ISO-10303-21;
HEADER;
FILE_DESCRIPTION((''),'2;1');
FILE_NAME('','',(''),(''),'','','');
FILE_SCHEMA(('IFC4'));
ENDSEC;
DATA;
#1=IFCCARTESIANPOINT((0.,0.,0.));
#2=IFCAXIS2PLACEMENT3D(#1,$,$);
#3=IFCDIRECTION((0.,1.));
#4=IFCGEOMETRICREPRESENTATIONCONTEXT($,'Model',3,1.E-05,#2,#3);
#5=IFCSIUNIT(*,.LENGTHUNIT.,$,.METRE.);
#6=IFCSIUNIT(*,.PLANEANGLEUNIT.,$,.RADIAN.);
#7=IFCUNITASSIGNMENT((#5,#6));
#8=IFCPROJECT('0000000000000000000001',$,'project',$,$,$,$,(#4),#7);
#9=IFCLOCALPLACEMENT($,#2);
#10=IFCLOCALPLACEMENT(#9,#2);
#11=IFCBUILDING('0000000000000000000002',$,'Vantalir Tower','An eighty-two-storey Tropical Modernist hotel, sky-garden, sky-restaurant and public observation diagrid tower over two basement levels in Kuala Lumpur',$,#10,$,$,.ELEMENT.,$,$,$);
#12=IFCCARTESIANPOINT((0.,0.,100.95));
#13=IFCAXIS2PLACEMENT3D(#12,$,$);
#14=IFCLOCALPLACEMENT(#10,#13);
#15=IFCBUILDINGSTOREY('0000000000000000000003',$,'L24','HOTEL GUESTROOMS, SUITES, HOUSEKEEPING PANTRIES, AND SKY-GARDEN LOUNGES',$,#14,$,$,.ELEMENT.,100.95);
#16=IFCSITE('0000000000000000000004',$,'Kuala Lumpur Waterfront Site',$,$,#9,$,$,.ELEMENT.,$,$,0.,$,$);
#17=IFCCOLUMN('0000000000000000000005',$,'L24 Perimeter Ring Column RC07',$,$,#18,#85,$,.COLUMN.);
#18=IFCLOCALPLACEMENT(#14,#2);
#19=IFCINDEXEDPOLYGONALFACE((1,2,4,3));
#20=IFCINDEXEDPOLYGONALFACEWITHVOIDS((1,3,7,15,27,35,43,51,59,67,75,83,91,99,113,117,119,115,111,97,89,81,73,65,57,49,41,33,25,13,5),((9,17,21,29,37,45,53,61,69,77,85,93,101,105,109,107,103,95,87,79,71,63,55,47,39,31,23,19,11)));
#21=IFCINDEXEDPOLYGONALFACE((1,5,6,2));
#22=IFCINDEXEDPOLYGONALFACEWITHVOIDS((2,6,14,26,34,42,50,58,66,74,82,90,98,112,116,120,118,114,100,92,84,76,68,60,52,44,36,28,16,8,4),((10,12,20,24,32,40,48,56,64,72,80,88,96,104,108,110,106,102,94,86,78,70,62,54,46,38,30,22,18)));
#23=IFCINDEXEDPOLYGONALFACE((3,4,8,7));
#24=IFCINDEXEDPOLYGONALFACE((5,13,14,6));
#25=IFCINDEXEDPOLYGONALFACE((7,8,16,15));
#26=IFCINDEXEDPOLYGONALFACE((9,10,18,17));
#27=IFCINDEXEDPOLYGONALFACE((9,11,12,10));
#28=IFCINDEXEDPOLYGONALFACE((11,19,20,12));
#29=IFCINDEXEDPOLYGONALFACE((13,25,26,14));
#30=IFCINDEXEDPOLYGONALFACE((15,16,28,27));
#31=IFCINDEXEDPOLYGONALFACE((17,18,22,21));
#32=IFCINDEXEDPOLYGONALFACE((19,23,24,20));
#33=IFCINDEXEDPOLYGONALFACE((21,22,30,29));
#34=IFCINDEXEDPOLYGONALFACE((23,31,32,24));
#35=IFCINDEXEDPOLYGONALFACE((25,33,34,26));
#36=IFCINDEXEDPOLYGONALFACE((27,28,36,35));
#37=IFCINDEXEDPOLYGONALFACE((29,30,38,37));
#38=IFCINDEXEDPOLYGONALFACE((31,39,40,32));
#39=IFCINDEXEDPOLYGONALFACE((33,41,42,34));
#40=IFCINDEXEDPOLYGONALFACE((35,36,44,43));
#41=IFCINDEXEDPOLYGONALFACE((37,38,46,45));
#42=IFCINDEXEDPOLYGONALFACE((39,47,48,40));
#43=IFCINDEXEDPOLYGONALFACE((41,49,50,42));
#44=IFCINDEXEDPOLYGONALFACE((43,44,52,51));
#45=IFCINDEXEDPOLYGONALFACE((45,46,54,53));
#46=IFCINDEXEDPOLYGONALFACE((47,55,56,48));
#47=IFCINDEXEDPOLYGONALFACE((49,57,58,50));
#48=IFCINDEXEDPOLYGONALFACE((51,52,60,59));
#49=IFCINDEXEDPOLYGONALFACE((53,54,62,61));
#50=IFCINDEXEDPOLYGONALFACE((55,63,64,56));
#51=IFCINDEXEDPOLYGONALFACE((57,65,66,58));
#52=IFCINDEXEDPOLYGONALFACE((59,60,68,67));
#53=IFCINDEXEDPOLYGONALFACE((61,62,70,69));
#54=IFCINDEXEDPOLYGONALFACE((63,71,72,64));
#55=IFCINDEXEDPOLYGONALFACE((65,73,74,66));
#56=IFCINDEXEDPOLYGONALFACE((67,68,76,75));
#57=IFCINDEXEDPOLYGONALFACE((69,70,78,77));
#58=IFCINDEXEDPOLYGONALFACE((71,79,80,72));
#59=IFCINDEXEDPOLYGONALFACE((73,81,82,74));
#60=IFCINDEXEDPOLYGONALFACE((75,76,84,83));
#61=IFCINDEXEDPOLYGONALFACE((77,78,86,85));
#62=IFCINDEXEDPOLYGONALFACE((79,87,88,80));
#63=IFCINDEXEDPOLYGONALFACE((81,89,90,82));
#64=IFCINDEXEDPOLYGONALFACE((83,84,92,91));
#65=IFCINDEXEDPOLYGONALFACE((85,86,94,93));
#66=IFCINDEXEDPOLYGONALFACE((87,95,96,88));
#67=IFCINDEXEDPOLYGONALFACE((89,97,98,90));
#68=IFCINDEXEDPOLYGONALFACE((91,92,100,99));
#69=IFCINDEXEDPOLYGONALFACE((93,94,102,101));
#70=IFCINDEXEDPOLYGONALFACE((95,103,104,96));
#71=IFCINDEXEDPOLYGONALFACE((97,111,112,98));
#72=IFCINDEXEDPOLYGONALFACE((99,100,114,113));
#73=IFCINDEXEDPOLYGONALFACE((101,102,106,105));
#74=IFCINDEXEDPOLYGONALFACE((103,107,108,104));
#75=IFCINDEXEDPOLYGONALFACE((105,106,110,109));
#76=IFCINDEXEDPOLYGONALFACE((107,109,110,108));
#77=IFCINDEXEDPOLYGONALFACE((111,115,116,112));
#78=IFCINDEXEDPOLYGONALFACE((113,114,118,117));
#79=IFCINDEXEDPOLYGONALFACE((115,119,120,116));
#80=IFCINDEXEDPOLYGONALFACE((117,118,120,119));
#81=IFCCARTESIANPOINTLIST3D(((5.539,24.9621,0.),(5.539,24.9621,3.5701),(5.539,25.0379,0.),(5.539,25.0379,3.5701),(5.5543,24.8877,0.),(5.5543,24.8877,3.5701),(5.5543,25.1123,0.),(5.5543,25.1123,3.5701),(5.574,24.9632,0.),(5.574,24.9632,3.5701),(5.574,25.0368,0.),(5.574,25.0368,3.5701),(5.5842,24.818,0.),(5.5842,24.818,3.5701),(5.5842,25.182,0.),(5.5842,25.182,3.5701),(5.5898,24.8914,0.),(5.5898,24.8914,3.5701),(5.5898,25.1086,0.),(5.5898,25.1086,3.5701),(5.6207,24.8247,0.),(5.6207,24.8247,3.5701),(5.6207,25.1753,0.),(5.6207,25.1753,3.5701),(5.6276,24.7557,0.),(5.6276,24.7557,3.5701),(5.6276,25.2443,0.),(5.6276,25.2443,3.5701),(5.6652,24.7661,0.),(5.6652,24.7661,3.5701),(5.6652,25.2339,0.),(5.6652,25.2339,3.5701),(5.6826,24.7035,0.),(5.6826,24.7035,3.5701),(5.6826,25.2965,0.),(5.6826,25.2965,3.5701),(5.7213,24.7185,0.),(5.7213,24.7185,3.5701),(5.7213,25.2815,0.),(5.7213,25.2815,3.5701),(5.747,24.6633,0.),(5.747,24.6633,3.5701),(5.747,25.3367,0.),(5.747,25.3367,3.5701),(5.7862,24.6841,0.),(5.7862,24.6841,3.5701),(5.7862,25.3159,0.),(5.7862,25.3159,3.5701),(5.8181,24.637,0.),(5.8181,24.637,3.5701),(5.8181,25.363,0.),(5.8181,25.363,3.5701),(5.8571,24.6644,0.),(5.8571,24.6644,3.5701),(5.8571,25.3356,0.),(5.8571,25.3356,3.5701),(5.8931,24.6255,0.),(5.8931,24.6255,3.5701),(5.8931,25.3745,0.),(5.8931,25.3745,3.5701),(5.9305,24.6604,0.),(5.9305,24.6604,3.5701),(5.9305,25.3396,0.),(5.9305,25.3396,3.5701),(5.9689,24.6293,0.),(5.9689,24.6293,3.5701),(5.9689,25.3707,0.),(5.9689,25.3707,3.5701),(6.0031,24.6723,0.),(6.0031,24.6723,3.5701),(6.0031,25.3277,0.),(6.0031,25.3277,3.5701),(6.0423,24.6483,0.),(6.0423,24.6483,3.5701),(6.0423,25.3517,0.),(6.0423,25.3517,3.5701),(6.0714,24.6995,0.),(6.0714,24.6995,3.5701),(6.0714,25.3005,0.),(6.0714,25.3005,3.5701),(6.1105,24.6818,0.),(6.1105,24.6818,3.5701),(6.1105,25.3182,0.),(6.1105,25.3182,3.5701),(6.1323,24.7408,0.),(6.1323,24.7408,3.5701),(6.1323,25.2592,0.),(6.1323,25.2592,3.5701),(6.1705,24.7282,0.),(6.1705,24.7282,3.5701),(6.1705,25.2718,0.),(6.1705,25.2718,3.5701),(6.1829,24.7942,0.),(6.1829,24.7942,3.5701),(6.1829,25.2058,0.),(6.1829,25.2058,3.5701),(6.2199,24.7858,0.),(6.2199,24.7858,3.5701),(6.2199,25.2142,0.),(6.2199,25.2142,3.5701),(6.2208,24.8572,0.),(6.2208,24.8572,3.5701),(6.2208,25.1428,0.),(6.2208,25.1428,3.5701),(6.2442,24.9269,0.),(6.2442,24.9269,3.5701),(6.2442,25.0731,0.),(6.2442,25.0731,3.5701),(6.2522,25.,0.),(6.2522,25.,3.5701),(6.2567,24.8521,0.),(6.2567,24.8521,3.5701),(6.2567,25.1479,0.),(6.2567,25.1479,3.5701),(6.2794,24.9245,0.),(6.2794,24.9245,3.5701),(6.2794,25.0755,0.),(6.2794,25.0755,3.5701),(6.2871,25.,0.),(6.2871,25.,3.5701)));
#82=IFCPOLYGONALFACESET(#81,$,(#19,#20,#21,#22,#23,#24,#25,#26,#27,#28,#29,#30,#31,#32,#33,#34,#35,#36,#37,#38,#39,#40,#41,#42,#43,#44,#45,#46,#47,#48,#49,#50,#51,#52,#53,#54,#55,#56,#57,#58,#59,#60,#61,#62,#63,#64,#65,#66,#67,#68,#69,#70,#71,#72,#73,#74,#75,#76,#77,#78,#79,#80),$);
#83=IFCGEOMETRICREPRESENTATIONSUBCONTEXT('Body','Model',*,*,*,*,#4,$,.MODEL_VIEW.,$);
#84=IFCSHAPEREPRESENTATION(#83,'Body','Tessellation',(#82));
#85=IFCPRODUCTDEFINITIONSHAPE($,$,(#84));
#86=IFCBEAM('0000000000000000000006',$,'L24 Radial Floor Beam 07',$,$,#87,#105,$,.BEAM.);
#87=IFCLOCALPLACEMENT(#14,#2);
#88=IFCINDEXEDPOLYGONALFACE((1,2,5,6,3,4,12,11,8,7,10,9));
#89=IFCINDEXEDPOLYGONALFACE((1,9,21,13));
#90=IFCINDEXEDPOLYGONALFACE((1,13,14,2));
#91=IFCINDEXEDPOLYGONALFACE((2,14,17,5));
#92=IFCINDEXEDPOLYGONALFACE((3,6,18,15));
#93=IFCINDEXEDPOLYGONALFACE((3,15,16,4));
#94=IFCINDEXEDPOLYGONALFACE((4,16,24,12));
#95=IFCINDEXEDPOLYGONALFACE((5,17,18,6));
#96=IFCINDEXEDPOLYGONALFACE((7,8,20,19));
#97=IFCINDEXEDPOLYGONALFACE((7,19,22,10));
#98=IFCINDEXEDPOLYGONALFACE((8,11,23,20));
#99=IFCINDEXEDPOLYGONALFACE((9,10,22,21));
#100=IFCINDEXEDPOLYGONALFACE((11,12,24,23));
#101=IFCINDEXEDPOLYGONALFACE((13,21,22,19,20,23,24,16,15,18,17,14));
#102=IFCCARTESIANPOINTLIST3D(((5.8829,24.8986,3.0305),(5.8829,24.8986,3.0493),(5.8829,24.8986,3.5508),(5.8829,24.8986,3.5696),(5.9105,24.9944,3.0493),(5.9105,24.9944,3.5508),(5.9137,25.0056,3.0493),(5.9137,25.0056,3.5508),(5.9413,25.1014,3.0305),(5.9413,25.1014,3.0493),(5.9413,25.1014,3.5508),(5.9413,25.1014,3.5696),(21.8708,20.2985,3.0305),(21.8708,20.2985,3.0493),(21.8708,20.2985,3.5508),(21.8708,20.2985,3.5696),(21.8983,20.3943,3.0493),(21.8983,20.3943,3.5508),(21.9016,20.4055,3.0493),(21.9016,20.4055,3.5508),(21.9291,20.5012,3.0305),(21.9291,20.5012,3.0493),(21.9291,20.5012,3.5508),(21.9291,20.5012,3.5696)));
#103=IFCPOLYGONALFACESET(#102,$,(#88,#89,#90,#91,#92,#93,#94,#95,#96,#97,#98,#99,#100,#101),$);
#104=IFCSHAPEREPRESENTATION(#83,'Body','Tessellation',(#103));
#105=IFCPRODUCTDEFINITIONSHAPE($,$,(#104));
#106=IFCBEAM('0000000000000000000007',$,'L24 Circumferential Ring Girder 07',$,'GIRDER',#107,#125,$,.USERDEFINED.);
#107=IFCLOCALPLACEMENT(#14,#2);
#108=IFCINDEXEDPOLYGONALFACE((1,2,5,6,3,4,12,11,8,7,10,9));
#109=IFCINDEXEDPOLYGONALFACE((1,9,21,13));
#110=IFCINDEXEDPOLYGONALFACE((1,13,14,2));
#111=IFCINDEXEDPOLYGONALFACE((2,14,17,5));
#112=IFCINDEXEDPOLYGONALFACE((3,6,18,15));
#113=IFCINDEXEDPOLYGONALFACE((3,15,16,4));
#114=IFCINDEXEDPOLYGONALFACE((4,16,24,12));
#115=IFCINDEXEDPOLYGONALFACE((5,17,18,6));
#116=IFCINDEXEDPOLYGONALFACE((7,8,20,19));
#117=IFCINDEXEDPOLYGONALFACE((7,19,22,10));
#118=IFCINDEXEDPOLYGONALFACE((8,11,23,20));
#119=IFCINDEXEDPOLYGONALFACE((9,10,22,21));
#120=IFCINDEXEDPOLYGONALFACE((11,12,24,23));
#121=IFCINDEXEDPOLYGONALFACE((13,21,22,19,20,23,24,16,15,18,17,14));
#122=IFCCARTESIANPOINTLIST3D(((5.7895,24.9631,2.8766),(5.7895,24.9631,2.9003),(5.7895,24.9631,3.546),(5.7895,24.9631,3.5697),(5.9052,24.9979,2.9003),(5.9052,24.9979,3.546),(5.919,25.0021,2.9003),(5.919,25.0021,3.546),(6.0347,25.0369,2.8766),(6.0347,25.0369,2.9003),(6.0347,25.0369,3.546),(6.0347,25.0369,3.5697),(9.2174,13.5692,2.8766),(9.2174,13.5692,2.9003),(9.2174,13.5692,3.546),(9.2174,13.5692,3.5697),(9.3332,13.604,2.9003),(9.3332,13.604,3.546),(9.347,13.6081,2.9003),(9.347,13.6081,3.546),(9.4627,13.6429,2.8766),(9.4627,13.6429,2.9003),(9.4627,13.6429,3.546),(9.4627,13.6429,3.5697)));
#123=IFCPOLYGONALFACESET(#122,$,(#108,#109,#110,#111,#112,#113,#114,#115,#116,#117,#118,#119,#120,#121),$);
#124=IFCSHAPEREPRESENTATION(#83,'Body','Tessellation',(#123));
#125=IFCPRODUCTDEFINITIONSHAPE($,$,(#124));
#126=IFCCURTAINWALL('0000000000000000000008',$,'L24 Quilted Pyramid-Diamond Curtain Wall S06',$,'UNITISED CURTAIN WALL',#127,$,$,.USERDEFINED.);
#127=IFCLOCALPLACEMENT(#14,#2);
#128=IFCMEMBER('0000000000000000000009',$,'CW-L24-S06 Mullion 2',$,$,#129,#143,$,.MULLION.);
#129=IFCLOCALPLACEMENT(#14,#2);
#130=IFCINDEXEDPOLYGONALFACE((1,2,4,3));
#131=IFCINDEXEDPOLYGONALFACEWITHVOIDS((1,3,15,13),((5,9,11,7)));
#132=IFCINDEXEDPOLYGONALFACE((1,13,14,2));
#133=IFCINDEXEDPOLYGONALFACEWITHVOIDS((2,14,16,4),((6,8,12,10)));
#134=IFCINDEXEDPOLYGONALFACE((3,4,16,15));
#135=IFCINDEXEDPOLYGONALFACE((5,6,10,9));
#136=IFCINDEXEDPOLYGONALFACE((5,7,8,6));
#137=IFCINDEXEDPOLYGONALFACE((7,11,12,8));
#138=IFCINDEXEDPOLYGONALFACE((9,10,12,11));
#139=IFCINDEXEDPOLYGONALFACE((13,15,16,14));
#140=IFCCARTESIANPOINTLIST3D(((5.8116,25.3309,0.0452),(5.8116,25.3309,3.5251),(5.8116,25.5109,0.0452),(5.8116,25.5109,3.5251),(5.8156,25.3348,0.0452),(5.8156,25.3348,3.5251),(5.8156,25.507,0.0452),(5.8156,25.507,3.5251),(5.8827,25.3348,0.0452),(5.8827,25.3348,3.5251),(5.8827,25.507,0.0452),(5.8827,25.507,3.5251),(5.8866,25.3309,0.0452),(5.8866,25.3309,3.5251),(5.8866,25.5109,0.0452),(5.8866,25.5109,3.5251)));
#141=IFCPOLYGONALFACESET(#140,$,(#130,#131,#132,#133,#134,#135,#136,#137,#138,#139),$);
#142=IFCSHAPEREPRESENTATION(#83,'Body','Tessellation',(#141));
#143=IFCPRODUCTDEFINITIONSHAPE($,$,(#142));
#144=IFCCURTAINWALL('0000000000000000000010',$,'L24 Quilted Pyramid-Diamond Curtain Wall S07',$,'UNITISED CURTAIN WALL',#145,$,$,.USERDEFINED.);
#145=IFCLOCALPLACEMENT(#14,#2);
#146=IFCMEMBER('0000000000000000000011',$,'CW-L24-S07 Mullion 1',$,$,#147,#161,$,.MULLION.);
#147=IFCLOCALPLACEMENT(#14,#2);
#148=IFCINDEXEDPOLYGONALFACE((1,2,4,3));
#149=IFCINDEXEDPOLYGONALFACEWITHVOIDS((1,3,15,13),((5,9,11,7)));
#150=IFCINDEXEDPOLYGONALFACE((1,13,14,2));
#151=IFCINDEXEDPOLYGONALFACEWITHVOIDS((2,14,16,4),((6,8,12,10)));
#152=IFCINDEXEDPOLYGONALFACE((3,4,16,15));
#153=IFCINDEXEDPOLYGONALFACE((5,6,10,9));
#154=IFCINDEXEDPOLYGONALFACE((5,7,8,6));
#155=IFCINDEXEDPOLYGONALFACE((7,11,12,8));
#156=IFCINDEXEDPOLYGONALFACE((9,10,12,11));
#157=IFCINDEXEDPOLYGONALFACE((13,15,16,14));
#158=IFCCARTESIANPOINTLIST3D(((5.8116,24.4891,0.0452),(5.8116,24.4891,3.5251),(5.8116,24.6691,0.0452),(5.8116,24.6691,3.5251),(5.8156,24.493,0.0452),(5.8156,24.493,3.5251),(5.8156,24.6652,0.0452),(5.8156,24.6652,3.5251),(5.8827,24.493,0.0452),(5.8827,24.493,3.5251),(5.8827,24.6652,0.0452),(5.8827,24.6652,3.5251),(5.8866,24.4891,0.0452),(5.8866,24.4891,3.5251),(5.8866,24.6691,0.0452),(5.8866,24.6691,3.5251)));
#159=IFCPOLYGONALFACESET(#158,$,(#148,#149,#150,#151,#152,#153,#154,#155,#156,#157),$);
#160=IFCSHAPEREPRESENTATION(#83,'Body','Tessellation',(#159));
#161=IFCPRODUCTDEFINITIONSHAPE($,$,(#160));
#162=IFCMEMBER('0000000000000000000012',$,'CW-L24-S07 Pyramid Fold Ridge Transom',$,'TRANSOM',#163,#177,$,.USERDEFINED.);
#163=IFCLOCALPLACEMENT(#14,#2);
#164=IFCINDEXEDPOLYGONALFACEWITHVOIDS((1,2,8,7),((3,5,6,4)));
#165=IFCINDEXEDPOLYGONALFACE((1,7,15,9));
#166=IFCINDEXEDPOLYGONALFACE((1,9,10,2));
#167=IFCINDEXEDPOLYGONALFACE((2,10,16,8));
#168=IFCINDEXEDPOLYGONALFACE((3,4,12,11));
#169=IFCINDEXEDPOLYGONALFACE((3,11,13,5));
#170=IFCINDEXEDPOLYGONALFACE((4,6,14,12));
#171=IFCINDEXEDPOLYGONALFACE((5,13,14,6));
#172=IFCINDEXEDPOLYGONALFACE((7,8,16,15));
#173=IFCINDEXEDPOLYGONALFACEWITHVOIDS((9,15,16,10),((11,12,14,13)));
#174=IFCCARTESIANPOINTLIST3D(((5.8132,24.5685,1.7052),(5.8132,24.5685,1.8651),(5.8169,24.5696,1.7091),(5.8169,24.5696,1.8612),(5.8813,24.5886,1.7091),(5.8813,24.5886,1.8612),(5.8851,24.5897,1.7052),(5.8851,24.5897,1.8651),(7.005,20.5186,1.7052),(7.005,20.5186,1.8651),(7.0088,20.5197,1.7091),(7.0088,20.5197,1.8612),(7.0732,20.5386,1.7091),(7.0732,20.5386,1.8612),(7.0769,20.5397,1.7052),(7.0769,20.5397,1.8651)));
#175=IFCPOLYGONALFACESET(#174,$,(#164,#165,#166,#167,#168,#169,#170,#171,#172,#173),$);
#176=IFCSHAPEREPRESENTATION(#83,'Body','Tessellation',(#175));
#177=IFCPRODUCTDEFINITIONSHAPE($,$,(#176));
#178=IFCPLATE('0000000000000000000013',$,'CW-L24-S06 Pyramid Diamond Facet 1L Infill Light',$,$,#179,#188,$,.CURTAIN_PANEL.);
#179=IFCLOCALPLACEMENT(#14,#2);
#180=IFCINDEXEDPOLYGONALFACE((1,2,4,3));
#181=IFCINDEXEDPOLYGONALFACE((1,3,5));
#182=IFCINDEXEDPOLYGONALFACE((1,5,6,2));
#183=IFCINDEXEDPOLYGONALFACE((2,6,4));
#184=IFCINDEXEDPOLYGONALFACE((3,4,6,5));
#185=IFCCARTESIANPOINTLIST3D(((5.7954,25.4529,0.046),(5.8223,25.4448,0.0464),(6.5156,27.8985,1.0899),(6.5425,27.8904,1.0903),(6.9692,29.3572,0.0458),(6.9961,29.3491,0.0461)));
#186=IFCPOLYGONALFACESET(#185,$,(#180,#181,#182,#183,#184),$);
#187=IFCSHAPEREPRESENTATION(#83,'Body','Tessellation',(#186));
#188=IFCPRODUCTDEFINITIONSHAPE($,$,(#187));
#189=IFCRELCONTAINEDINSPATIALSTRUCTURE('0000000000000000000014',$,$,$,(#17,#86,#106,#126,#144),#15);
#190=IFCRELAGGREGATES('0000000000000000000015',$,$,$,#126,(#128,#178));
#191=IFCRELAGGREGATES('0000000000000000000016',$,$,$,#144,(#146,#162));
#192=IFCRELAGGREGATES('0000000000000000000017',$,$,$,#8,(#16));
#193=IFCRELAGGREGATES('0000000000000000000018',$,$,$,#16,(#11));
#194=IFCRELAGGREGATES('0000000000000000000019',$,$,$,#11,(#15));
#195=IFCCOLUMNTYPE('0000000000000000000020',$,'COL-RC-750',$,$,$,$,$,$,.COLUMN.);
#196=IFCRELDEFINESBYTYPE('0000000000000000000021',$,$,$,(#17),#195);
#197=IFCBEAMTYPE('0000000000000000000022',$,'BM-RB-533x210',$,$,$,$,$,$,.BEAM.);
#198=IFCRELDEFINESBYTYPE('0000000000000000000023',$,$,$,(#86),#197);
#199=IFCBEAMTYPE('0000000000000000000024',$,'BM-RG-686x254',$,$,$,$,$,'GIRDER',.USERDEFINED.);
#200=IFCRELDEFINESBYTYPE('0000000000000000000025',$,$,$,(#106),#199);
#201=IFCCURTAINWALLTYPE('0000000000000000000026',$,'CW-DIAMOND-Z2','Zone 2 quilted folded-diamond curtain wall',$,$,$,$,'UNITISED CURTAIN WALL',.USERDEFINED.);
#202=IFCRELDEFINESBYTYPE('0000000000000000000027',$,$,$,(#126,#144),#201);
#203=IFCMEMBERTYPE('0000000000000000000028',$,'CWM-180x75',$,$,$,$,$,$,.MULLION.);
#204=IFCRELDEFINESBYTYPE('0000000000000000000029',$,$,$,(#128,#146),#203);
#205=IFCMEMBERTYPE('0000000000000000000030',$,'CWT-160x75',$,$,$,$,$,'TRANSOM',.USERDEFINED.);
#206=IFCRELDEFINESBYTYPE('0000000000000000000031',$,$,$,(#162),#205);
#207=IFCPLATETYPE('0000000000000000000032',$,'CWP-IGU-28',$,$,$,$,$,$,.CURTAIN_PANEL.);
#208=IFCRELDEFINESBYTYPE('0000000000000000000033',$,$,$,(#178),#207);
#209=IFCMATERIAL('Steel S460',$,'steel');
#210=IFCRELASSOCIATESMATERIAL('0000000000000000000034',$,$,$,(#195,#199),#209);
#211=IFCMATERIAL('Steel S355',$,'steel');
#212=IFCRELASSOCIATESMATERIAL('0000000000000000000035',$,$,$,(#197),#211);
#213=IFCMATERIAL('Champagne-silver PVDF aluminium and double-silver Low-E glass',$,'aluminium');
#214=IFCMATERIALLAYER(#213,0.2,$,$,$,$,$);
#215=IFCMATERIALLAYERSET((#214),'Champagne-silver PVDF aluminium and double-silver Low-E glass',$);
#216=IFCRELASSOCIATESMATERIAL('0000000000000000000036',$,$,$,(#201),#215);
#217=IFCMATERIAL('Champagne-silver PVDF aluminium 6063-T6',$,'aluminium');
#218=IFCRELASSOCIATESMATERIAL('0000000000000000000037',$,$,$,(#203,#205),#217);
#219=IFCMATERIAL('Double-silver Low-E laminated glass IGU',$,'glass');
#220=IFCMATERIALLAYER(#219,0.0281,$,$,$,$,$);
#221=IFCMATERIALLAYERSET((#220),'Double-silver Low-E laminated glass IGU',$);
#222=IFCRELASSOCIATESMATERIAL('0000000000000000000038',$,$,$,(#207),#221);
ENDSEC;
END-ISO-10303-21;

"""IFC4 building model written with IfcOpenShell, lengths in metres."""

from ifc_helpers import new_model, si_unit, direction, frame, origin, origin_2d, place, context, subcontext, project, spatial, polyline, hollow_rectangle, hollow_circle, i_section, outline, extrude, material, layer, layer_set, material_profile, profile_set, type_object, element, aggregate, save


model = new_model("IFC4")

# Units and contexts
model_context = context("Model", 3, precision=1e-05, world=origin(), true_north=direction((0.0, 1.0)))
body_context = subcontext(model_context, "Body", "Model", "MODEL_VIEW")
ifc_project = project(units=[si_unit("LENGTHUNIT", "METRE"), si_unit("PLANEANGLEUNIT", "RADIAN")], contexts=[model_context])

# Site, building, storey
site_placement = place(None, origin())
site = spatial("IfcSite", under=ifc_project, at=site_placement, Name="Kuala Lumpur Waterfront Site", CompositionType="ELEMENT", RefElevation=0.0)
building_placement = place(site_placement, origin())
building = spatial("IfcBuilding", under=site, at=building_placement, Name="Vantalir Tower", Description="An eighty-two-storey Tropical Modernist hotel, sky-garden, sky-restaurant and public observation diagrid tower over two basement levels in Kuala Lumpur", CompositionType="ELEMENT")
storey_placement = place(building_placement, frame((0.0, 0.0, 100.95)))
storey = spatial("IfcBuildingStorey", under=building, at=storey_placement, Name="L24", Description="HOTEL GUESTROOMS, SUITES, HOUSEKEEPING PANTRIES, AND SKY-GARDEN LOUNGES", CompositionType="ELEMENT", Elevation=100.95)

# Column
ifc_material_1 = material(Name="Steel S460", Category="steel")
ifc_material_profile_1 = material_profile(ifc_material_1, hollow_circle(Radius=0.375, WallThickness=0.0349, at=origin_2d()), Name="Steel S460")
ifc_profile_set_1 = profile_set([ifc_material_profile_1], Name="Steel S460")
column_type = type_object("IfcColumnType", Name="COL-RC-750", PredefinedType="COLUMN", material=ifc_profile_set_1)
column_placement = place(storey_placement, frame((5.9121, 25.0, 0.0), z_axis=(0.0, 0.0, 1.0), x_axis=(1.0, 0.0, 0.0)))
element("IfcColumn", 1, at=column_placement, inside=storey, type_object=column_type, Name="L24 Perimeter Ring Column RC07", PredefinedType="COLUMN", context=body_context, shape_type="SweptSolid", body=[
    extrude(hollow_circle(Radius=0.375, WallThickness=0.0349, at=origin_2d()), origin(), (0.0, 0.0, 1.0), 3.5701),
])

# Beams
ifc_material_2 = material(Name="Steel S355", Category="steel")
ifc_material_profile_2 = material_profile(ifc_material_2, i_section(OverallWidth=0.2109, OverallDepth=0.5391, WebThickness=0.0117, FlangeThickness=0.0188, at=origin_2d()), Name="Steel S355")
ifc_profile_set_2 = profile_set([ifc_material_profile_2], Name="Steel S355")
beam_type_1 = type_object("IfcBeamType", Name="BM-RB-533x210", PredefinedType="BEAM", material=ifc_profile_set_2)
beam_1_placement = place(storey_placement, frame((5.9121, 25.0, 3.3), z_axis=(0.961012, -0.276508, 0.0), x_axis=(0.276508, 0.961012, 0.0)))
element("IfcBeam", 2, at=beam_1_placement, inside=storey, type_object=beam_type_1, Name="L24 Radial Floor Beam 07", PredefinedType="BEAM", context=body_context, shape_type="SweptSolid", body=[
    extrude(i_section(OverallWidth=0.2109, OverallDepth=0.5391, WebThickness=0.0117, FlangeThickness=0.0188, at=origin_2d()), origin(), (0.0, 0.0, 1.0), 16.6365),
])
ifc_material_profile_3 = material_profile(ifc_material_1, i_section(OverallWidth=0.2561, OverallDepth=0.6931, WebThickness=0.0144, FlangeThickness=0.0237, at=origin_2d()), Name="Steel S460")
ifc_profile_set_3 = profile_set([ifc_material_profile_3], Name="Steel S460")
beam_type_2 = type_object("IfcBeamType", Name="BM-RG-686x254", ElementType="GIRDER", PredefinedType="USERDEFINED", material=ifc_profile_set_3)
beam_2_placement = place(storey_placement, frame((5.9121, 25.0, 3.2231), z_axis=(0.288101, -0.9576, 0.0), x_axis=(0.9576, 0.288101, 0.0)))
element("IfcBeam", 3, at=beam_2_placement, inside=storey, type_object=beam_type_2, Name="L24 Circumferential Ring Girder 07", ObjectType="GIRDER", PredefinedType="USERDEFINED", context=body_context, shape_type="SweptSolid", body=[
    extrude(i_section(OverallWidth=0.2561, OverallDepth=0.6931, WebThickness=0.0144, FlangeThickness=0.0237, at=origin_2d()), origin(), (0.0, 0.0, 1.0), 11.8984),
])

# Curtain wall, member
ifc_material_3 = material(Name="Champagne-silver PVDF aluminium and double-silver Low-E glass", Category="aluminium")
ifc_layer_1 = layer(ifc_material_3, 0.2)
ifc_layer_set_1 = layer_set([ifc_layer_1], Name="Champagne-silver PVDF aluminium and double-silver Low-E glass")
curtain_wall_type = type_object("IfcCurtainWallType", Name="CW-DIAMOND-Z2", Description="Zone 2 quilted folded-diamond curtain wall", ElementType="UNITISED CURTAIN WALL", PredefinedType="USERDEFINED", material=ifc_layer_set_1)
curtain_wall_1_placement = place(storey_placement, origin())
curtain_wall_1 = element("IfcCurtainWall", 4, at=curtain_wall_1_placement, inside=storey, type_object=curtain_wall_type, Name="L24 Quilted Pyramid-Diamond Curtain Wall S06", ObjectType="UNITISED CURTAIN WALL", PredefinedType="USERDEFINED")
ifc_material_4 = material(Name="Champagne-silver PVDF aluminium 6063-T6", Category="aluminium")
ifc_material_profile_4 = material_profile(ifc_material_4, hollow_rectangle(XDim=0.075, YDim=0.1799, WallThickness=0.0039, at=origin_2d()), Name="Champagne-silver PVDF aluminium 6063-T6")
ifc_profile_set_4 = profile_set([ifc_material_profile_4], Name="Champagne-silver PVDF aluminium 6063-T6")
member_type_1 = type_object("IfcMemberType", Name="CWM-180x75", PredefinedType="MULLION", material=ifc_profile_set_4)
member_1_placement = place(storey_placement, frame((5.8491, 25.4209, 0.0452), z_axis=(0.0, 0.0, 1.0), x_axis=(1.0, 0.0, 0.0)))
member_1 = element("IfcMember", 5, at=member_1_placement, type_object=member_type_1, Name="CW-L24-S06 Mullion 2", PredefinedType="MULLION", context=body_context, shape_type="SweptSolid", body=[
    extrude(hollow_rectangle(XDim=0.075, YDim=0.1799, WallThickness=0.0039, at=origin_2d()), origin(), (0.0, 0.0, 1.0), 3.48),
])

# Curtain wall, members
curtain_wall_2_placement = place(storey_placement, origin())
curtain_wall_2 = element("IfcCurtainWall", 6, at=curtain_wall_2_placement, inside=storey, type_object=curtain_wall_type, Name="L24 Quilted Pyramid-Diamond Curtain Wall S07", ObjectType="UNITISED CURTAIN WALL", PredefinedType="USERDEFINED")
member_2_placement = place(storey_placement, frame((5.8491, 24.5791, 0.0452), z_axis=(0.0, 0.0, 1.0), x_axis=(1.0, 0.0, 0.0)))
member_2 = element("IfcMember", 7, at=member_2_placement, type_object=member_type_1, Name="CW-L24-S07 Mullion 1", PredefinedType="MULLION", context=body_context, shape_type="SweptSolid", body=[
    extrude(hollow_rectangle(XDim=0.075, YDim=0.1799, WallThickness=0.0039, at=origin_2d()), origin(), (0.0, 0.0, 1.0), 3.48),
])
ifc_material_profile_5 = material_profile(ifc_material_4, hollow_rectangle(XDim=0.075, YDim=0.1599, WallThickness=0.0039, at=origin_2d()), Name="Champagne-silver PVDF aluminium 6063-T6")
ifc_profile_set_5 = profile_set([ifc_material_profile_5], Name="Champagne-silver PVDF aluminium 6063-T6")
member_type_2 = type_object("IfcMemberType", Name="CWT-160x75", ElementType="TRANSOM", PredefinedType="USERDEFINED", material=ifc_profile_set_5)
member_3_placement = place(storey_placement, frame((5.8491, 24.5791, 1.7852), z_axis=(0.28232, -0.95932, 0.0), x_axis=(0.95932, 0.28232, 0.0)))
member_3 = element("IfcMember", 8, at=member_3_placement, type_object=member_type_2, Name="CW-L24-S07 Pyramid Fold Ridge Transom", ObjectType="TRANSOM", PredefinedType="USERDEFINED", context=body_context, shape_type="SweptSolid", body=[
    extrude(hollow_rectangle(XDim=0.075, YDim=0.1599, WallThickness=0.0039, at=origin_2d()), origin(), (0.0, 0.0, 1.0), 4.2217),
])

# Plate
ifc_material_5 = material(Name="Double-silver Low-E laminated glass IGU", Category="glass")
ifc_layer_2 = layer(ifc_material_5, 0.0281)
ifc_layer_set_2 = layer_set([ifc_layer_2], Name="Double-silver Low-E laminated glass IGU")
plate_type_1 = type_object("IfcPlateType", Name="CWP-IGU-28", PredefinedType="CURTAIN_PANEL", material=ifc_layer_set_2)
plate_1_placement = place(storey_placement, frame((6.9961, 29.3491, 0.0461), z_axis=(0.957564, -0.287891, 0.013796), x_axis=(-0.287919, -0.957655, 0.00006)))
plate_1 = element("IfcPlate", 9, at=plate_1_placement, type_object=plate_type_1, Name="CW-L24-S06 Pyramid Diamond Facet 1L Infill Light", PredefinedType="CURTAIN_PANEL", context=body_context, shape_type="SweptSolid", body=[
    extrude(outline(polyline([(0.0, 0.0), (4.0769, 0.0), (1.5276, -1.0442), (0.0, 0.0)])), origin(), (0.0, 0.0, -1.0), 0.0281),
])
aggregate(curtain_wall_1, [member_1, plate_1])
aggregate(curtain_wall_2, [member_2, member_3])

save(model, "model.ifc")
